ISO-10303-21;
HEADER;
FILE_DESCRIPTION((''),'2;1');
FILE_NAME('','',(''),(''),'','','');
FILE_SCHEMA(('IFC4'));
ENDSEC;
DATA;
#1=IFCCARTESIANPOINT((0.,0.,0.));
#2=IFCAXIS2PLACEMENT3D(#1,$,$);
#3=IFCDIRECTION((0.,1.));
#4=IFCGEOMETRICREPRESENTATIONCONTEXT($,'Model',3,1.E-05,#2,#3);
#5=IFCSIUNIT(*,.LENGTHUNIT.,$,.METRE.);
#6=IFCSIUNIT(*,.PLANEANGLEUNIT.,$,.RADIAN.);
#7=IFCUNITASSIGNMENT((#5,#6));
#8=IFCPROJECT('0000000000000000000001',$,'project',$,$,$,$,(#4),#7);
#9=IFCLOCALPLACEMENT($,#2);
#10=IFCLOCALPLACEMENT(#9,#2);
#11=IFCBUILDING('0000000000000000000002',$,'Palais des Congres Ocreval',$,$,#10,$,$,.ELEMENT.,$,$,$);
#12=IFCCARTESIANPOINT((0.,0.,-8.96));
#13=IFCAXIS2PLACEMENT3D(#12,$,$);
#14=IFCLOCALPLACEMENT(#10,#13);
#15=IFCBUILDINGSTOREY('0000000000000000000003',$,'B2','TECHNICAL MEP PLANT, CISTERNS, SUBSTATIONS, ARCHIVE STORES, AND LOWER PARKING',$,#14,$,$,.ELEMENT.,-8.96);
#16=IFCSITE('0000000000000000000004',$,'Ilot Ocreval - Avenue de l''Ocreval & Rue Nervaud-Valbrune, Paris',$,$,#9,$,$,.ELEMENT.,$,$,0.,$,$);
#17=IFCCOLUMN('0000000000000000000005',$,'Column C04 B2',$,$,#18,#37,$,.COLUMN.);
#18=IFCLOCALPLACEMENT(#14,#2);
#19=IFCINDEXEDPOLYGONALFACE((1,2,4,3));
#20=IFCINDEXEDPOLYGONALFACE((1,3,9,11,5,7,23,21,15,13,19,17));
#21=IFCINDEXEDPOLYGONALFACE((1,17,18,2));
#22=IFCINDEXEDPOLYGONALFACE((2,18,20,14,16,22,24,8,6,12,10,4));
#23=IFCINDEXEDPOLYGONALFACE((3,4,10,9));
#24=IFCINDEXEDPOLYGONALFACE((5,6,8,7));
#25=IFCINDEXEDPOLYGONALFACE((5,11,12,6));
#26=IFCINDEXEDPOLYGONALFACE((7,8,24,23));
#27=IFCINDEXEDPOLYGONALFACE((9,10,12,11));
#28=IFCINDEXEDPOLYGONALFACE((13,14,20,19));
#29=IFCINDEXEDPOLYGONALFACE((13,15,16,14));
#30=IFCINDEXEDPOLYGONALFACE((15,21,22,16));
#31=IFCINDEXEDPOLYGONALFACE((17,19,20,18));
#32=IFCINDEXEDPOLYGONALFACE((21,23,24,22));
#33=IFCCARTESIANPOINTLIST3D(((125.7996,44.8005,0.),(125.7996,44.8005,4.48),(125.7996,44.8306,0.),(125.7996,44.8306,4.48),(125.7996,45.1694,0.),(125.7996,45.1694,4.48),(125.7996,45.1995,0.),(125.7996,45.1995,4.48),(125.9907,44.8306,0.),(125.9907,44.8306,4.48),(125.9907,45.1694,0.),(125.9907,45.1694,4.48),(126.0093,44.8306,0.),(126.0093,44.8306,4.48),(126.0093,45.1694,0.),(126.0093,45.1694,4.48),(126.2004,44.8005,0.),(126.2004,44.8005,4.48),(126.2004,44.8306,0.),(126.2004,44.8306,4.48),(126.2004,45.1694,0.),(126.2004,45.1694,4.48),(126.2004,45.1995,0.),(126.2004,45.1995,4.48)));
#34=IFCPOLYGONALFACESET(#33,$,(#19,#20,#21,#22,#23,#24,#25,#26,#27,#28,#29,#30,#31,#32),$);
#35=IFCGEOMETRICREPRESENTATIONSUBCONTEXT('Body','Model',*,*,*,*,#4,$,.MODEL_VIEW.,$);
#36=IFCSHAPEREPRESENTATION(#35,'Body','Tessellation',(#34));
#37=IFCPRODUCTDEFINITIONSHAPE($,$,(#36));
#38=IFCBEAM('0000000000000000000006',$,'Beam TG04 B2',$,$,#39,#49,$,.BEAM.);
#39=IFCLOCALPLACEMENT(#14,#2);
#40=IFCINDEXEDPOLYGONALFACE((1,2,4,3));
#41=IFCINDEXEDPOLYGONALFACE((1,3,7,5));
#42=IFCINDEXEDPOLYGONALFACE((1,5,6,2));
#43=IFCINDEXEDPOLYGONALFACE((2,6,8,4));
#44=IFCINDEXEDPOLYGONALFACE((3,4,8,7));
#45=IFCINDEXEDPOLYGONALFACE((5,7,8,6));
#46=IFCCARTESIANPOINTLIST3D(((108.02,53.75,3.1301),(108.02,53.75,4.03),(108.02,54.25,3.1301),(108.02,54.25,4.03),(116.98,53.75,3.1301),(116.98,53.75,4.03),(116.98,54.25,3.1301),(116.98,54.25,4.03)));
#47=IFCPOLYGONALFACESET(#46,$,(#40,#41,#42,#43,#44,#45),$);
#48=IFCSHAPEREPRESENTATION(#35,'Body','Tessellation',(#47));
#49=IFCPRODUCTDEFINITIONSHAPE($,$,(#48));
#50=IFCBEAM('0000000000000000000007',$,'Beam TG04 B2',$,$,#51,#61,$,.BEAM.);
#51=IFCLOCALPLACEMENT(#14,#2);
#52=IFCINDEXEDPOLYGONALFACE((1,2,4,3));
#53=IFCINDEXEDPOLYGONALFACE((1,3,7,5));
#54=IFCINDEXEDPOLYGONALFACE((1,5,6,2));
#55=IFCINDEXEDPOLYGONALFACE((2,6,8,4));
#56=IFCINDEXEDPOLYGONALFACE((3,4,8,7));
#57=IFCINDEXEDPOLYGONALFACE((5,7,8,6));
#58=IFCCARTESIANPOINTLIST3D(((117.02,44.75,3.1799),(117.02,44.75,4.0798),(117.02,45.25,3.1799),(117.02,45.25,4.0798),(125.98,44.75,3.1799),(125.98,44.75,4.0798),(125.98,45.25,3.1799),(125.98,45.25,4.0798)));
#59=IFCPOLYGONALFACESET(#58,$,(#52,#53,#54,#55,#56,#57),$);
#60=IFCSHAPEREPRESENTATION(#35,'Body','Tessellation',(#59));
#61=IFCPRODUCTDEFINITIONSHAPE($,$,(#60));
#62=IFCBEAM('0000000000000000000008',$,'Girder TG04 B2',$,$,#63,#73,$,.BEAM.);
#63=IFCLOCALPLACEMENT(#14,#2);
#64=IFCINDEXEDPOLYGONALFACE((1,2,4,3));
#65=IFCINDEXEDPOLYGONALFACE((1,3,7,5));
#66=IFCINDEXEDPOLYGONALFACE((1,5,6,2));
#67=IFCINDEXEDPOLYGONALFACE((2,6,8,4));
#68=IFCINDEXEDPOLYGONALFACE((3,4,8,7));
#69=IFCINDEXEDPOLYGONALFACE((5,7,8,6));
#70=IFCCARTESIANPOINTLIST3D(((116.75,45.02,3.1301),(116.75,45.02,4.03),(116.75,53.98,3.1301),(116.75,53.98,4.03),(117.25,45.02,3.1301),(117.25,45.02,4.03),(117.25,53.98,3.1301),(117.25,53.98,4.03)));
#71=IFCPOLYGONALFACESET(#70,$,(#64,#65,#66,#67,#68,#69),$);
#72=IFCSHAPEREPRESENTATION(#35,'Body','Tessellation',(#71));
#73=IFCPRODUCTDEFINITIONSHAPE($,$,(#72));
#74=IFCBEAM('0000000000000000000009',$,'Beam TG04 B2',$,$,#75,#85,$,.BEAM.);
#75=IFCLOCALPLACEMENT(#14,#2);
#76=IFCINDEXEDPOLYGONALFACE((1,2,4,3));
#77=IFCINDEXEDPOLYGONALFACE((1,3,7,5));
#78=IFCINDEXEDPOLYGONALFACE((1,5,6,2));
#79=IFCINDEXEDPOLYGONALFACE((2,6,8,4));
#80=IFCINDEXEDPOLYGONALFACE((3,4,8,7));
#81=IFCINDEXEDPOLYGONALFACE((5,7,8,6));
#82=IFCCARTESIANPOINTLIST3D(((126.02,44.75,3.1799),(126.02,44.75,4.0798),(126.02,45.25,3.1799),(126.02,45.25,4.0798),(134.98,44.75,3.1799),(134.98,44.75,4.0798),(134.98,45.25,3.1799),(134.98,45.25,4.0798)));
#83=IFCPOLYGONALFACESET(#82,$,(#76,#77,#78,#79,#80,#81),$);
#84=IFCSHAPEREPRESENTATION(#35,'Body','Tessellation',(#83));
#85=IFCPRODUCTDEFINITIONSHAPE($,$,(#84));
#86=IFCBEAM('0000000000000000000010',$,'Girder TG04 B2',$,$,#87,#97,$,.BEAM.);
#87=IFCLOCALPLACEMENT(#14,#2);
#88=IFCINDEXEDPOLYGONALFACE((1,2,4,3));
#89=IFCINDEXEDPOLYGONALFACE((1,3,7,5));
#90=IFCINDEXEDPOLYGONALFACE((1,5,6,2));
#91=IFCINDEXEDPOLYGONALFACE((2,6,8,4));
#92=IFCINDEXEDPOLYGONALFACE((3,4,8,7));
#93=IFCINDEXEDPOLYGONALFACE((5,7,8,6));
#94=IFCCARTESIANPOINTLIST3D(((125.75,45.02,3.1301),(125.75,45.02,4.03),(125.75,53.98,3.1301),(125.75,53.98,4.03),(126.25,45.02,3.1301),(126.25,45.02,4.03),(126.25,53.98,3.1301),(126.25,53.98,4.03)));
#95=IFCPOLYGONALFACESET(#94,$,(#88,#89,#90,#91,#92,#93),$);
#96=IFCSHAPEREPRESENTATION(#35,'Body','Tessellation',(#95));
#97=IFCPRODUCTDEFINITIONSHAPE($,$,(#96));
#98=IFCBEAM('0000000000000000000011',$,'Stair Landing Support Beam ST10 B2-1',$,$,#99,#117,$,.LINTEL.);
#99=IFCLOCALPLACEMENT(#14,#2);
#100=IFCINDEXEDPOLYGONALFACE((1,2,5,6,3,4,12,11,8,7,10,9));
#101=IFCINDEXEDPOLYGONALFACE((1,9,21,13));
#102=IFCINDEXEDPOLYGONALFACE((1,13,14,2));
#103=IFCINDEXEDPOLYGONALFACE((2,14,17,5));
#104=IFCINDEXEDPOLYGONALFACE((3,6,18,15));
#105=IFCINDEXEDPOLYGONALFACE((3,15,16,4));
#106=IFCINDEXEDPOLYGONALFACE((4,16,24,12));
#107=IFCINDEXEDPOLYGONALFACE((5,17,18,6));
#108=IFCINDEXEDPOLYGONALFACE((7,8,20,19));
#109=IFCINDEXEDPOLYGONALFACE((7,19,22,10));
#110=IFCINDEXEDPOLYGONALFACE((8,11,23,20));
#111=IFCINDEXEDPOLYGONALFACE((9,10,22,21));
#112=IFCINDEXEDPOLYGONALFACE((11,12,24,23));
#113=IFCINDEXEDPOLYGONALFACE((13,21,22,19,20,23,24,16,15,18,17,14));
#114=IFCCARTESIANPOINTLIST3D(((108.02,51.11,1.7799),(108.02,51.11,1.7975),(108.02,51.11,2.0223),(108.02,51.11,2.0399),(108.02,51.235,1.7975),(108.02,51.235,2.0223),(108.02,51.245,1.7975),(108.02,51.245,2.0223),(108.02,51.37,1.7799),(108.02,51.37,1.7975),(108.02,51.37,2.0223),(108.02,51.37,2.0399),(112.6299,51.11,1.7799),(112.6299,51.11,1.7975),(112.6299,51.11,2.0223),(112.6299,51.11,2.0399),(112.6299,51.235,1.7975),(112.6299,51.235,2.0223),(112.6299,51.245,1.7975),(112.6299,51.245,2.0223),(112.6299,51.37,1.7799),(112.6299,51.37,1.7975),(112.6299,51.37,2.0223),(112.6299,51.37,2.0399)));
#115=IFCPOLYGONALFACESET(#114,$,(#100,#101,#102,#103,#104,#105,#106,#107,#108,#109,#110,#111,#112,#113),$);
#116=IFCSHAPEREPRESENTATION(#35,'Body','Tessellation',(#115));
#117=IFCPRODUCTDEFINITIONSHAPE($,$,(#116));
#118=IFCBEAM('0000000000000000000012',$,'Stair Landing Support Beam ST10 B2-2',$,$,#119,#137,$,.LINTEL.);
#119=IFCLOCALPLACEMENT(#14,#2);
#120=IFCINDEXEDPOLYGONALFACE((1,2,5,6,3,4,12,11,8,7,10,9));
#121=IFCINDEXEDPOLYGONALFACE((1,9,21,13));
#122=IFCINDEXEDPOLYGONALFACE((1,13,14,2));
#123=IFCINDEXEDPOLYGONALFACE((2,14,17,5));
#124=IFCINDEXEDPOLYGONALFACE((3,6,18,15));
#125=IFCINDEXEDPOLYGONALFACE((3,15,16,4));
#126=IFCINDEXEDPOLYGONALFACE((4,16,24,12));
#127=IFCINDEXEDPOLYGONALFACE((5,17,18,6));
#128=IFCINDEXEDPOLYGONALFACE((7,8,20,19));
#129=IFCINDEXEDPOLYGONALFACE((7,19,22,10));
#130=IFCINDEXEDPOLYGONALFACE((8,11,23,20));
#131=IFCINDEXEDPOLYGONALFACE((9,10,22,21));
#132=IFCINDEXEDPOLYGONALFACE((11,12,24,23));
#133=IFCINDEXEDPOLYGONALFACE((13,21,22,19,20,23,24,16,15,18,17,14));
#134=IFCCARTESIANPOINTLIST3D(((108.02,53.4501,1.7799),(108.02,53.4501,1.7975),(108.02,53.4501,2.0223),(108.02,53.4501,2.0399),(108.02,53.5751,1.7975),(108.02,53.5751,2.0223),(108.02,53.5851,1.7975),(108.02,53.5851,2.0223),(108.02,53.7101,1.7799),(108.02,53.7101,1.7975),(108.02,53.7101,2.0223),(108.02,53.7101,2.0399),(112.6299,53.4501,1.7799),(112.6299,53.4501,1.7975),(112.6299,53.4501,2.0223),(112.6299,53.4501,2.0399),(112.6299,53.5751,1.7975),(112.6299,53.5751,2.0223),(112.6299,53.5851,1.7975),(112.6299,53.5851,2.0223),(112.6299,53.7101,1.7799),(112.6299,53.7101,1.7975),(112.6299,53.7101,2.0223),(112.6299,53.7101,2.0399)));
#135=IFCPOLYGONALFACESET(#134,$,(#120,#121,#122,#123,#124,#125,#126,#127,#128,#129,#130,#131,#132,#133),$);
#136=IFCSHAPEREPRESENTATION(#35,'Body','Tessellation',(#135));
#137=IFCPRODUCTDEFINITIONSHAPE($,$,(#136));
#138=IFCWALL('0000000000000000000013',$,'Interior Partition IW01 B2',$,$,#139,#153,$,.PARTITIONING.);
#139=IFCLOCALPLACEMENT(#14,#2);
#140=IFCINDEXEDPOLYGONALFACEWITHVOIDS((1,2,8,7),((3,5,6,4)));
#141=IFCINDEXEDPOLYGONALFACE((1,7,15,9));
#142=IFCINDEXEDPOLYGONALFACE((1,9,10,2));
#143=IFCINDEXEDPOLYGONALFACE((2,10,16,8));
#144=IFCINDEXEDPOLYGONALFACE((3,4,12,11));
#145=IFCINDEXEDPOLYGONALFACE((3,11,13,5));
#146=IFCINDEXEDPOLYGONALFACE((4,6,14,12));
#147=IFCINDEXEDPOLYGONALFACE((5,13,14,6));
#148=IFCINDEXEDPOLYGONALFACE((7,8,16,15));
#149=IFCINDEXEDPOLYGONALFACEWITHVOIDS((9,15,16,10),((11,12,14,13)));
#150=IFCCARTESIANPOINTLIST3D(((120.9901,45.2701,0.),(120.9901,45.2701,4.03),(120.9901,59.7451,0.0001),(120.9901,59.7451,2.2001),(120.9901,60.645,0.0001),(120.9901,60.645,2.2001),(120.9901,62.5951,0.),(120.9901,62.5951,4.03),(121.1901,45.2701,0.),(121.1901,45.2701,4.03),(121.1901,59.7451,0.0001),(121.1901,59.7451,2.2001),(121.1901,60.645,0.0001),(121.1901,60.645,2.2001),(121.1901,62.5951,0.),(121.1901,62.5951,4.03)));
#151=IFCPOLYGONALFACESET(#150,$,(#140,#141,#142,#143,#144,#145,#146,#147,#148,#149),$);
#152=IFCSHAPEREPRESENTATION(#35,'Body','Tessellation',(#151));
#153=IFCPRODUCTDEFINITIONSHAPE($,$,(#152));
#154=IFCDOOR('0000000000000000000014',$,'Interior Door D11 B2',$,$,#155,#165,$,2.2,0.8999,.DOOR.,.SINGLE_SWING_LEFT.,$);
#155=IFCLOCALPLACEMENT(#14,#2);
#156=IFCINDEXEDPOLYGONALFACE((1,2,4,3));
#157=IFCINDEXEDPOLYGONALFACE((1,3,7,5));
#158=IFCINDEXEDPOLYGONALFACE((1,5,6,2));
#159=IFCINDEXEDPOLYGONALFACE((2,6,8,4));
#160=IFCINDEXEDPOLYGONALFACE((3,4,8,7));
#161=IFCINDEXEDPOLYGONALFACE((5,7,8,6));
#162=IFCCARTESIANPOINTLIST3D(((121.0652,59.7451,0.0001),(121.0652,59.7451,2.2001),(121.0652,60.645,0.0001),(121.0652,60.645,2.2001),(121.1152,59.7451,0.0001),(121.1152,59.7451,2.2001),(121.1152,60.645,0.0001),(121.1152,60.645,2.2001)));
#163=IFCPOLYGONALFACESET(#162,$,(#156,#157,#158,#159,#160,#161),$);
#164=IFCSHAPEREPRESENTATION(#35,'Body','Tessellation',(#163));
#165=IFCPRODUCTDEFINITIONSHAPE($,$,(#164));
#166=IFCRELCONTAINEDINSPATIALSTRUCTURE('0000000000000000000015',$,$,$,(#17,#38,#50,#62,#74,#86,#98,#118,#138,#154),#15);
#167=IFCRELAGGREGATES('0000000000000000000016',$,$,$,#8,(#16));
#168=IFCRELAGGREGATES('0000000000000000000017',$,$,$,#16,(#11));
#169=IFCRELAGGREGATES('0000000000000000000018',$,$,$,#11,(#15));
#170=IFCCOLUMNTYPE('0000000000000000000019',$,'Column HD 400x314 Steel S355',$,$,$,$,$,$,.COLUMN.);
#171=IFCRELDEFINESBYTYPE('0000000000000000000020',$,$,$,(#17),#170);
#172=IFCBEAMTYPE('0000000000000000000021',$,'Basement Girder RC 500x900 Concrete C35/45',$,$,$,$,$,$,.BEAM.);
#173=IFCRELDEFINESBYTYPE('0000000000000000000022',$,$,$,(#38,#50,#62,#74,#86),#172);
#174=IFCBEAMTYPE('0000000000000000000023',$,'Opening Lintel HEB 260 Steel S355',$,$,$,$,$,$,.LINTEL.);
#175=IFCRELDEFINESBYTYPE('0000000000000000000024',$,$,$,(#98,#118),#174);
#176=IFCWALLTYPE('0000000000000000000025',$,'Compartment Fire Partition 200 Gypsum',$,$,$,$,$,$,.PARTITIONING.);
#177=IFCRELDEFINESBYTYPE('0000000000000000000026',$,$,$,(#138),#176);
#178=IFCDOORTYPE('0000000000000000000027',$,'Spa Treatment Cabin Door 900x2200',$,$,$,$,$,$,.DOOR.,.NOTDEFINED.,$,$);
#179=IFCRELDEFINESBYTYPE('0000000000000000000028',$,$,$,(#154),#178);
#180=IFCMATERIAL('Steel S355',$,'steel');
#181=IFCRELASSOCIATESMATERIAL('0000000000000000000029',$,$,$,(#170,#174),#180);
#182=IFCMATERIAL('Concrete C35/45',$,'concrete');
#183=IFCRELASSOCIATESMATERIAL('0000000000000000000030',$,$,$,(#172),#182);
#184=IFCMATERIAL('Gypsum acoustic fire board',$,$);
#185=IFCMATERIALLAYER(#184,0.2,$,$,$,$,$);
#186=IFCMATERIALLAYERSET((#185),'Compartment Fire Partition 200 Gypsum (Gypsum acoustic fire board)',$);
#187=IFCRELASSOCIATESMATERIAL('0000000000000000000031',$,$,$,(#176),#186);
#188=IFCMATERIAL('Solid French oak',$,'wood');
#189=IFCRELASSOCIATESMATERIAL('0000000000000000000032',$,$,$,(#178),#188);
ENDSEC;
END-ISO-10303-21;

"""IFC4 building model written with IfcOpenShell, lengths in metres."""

from ifc_helpers import new_model, si_unit, direction, frame, frame_2d, origin, origin_2d, place, context, subcontext, project, spatial, rectangle, i_section, extrude, material, layer, layer_set, material_profile, profile_set, type_object, element, fill, save


model = new_model("IFC4")

# Units and contexts
model_context = context("Model", 3, precision=1e-05, world=origin(), true_north=direction((0.0, 1.0)))
body_context = subcontext(model_context, "Body", "Model", "MODEL_VIEW")
ifc_project = project(units=[si_unit("LENGTHUNIT", "METRE"), si_unit("PLANEANGLEUNIT", "RADIAN")], contexts=[model_context])

# Site, building, storey
site_placement = place(None, origin())
site = spatial("IfcSite", under=ifc_project, at=site_placement, Name="Ilot Ocreval - Avenue de l'Ocreval & Rue Nervaud-Valbrune, Paris", CompositionType="ELEMENT", RefElevation=0.0)
building_placement = place(site_placement, origin())
building = spatial("IfcBuilding", under=site, at=building_placement, Name="Palais des Congres Ocreval", CompositionType="ELEMENT")
storey_placement = place(building_placement, frame((0.0, 0.0, -8.96)))
storey = spatial("IfcBuildingStorey", under=building, at=storey_placement, Name="B2", Description="TECHNICAL MEP PLANT, CISTERNS, SUBSTATIONS, ARCHIVE STORES, AND LOWER PARKING", CompositionType="ELEMENT", Elevation=-8.96)

# Shared definitions
ifc_material_1 = material(Name="Concrete C35/45", Category="concrete")

# Column
ifc_material_2 = material(Name="Steel S355", Category="steel")
ifc_material_profile_1 = material_profile(ifc_material_2, i_section(OverallWidth=0.4009, OverallDepth=0.3989, WebThickness=0.0186, FlangeThickness=0.03, at=origin_2d()), Name="HD 400x314")
ifc_profile_set_1 = profile_set([ifc_material_profile_1], Name="Steel S355")
column_type = type_object("IfcColumnType", Name="Column HD 400x314 Steel S355", PredefinedType="COLUMN", material=ifc_profile_set_1)
for number, where, z_axis, x_axis, name in (
    (1, (126.0, 45.0, 0.0), (0.0, 0.0, 1.0), (1.0, 0.0, 0.0), "Column C04 B2"),
):
    element("IfcColumn", number, at=place(storey_placement, frame(where, z_axis=z_axis, x_axis=x_axis)), inside=storey, type_object=column_type, Name=name, PredefinedType="COLUMN", context=body_context, shape_type="SweptSolid", body=[
        extrude(i_section(OverallWidth=0.4009, OverallDepth=0.3989, WebThickness=0.0186, FlangeThickness=0.03, at=origin_2d()), origin(), (0.0, 0.0, 1.0), 4.48),
    ])

# Beams
ifc_material_profile_2 = material_profile(ifc_material_1, rectangle(XDim=0.5, YDim=0.8999, at=origin_2d()), Name="RC 500x900")
ifc_profile_set_2 = profile_set([ifc_material_profile_2], Name="Concrete C35/45")
beam_type_1 = type_object("IfcBeamType", Name="Basement Girder RC 500x900 Concrete C35/45", PredefinedType="BEAM", material=ifc_profile_set_2)
for number, where, z_axis, x_axis, name in (
    (2, (108.02, 54.0, 3.5801), (1.0, 0.0, 0.0), (0.0, 1.0, 0.0), "Beam TG04 B2"),
    (3, (117.02, 45.0, 3.6299), (1.0, 0.0, 0.0), (0.0, 1.0, 0.0), "Beam TG04 B2"),
    (4, (117.0, 45.02, 3.5801), (0.0, 1.0, 0.0), (-1.0, 0.0, 0.0), "Girder TG04 B2"),
    (5, (126.02, 45.0, 3.6299), (1.0, 0.0, 0.0), (0.0, 1.0, 0.0), "Beam TG04 B2"),
    (6, (126.0, 45.02, 3.5801), (0.0, 1.0, 0.0), (-1.0, 0.0, 0.0), "Girder TG04 B2"),
):
    element("IfcBeam", number, at=place(storey_placement, frame(where, z_axis=z_axis, x_axis=x_axis)), inside=storey, type_object=beam_type_1, Name=name, PredefinedType="BEAM", context=body_context, shape_type="SweptSolid", body=[
        extrude(rectangle(XDim=0.5, YDim=0.8999, at=origin_2d()), origin(), (0.0, 0.0, 1.0), 8.96),
    ])
ifc_material_profile_3 = material_profile(ifc_material_2, i_section(OverallWidth=0.26, OverallDepth=0.26, WebThickness=0.01, FlangeThickness=0.0176, at=origin_2d()), Name="HEB 260")
ifc_profile_set_3 = profile_set([ifc_material_profile_3], Name="Steel S355")
beam_type_2 = type_object("IfcBeamType", Name="Opening Lintel HEB 260 Steel S355", PredefinedType="LINTEL", material=ifc_profile_set_3)
for number, where, z_axis, x_axis, name in (
    (7, (108.02, 51.24, 1.9099), (1.0, 0.0, 0.0), (0.0, 1.0, 0.0), "Stair Landing Support Beam ST10 B2-1"),
    (8, (108.02, 53.5801, 1.9099), (1.0, 0.0, 0.0), (0.0, 1.0, 0.0), "Stair Landing Support Beam ST10 B2-2"),
):
    element("IfcBeam", number, at=place(storey_placement, frame(where, z_axis=z_axis, x_axis=x_axis)), inside=storey, type_object=beam_type_2, Name=name, PredefinedType="LINTEL", context=body_context, shape_type="SweptSolid", body=[
        extrude(i_section(OverallWidth=0.26, OverallDepth=0.26, WebThickness=0.01, FlangeThickness=0.0176, at=origin_2d()), origin(), (0.0, 0.0, 1.0), 4.6099),
    ])

# Wall, opening, door
ifc_material_3 = material(Name="Gypsum acoustic fire board")
ifc_layer_1 = layer(ifc_material_3, 0.2)
ifc_layer_set_1 = layer_set([ifc_layer_1], Name="Compartment Fire Partition 200 Gypsum (Gypsum acoustic fire board)")
wall_type_1 = type_object("IfcWallType", Name="Compartment Fire Partition 200 Gypsum", PredefinedType="PARTITIONING", material=ifc_layer_set_1)
wall_1_placement = place(storey_placement, frame((121.0901, 45.27, 0.0), z_axis=(0.0, 0.0, 1.0), x_axis=(0.0, 1.0, 0.0)))
wall_1 = element("IfcWall", 9, at=wall_1_placement, inside=storey, type_object=wall_type_1, Name="Interior Partition IW01 B2", PredefinedType="PARTITIONING", context=body_context, shape_type="SweptSolid", body=[
    extrude(rectangle(XDim=17.325, YDim=0.2, at=frame_2d((8.6626, 0.0))), origin(), (0.0, 0.0, 1.0), 4.03),
])
opening_1_placement = place(wall_1_placement, frame((14.4751, 0.0, 0.0)))
opening_1 = element("IfcOpeningElement", 10, at=opening_1_placement, cuts=wall_1, PredefinedType="OPENING", context=body_context, shape_type="SweptSolid", body=[
    extrude(rectangle(XDim=0.8999, YDim=2.2, at=frame_2d((0.45, 1.1001))), frame((0.0, 0.1099, 0.0), z_axis=(0.0, -1.0, 0.0), x_axis=(1.0, 0.0, 0.0)), (0.0, 0.0, 1.0), 0.22),
])
ifc_material_4 = material(Name="Solid French oak", Category="wood")
door_type_1 = type_object("IfcDoorType", Name="Spa Treatment Cabin Door 900x2200", OperationType="NOTDEFINED", PredefinedType="DOOR", material=ifc_material_4)
door_1_placement = place(opening_1_placement, origin())
door_1 = element("IfcDoor", 11, at=door_1_placement, inside=storey, type_object=door_type_1, Name="Interior Door D11 B2", OperationType="SINGLE_SWING_LEFT", OverallHeight=2.2, OverallWidth=0.8999, PredefinedType="DOOR", context=body_context, shape_type="SweptSolid", body=[
    extrude(rectangle(XDim=0.8999, YDim=2.2, at=frame_2d((0.45, 1.1001))), frame((0.0, 0.0249, 0.0), z_axis=(0.0, -1.0, 0.0), x_axis=(1.0, 0.0, 0.0)), (0.0, 0.0, 1.0), 0.05),
])
fill(opening_1, door_1)

save(model, "model.ifc")
